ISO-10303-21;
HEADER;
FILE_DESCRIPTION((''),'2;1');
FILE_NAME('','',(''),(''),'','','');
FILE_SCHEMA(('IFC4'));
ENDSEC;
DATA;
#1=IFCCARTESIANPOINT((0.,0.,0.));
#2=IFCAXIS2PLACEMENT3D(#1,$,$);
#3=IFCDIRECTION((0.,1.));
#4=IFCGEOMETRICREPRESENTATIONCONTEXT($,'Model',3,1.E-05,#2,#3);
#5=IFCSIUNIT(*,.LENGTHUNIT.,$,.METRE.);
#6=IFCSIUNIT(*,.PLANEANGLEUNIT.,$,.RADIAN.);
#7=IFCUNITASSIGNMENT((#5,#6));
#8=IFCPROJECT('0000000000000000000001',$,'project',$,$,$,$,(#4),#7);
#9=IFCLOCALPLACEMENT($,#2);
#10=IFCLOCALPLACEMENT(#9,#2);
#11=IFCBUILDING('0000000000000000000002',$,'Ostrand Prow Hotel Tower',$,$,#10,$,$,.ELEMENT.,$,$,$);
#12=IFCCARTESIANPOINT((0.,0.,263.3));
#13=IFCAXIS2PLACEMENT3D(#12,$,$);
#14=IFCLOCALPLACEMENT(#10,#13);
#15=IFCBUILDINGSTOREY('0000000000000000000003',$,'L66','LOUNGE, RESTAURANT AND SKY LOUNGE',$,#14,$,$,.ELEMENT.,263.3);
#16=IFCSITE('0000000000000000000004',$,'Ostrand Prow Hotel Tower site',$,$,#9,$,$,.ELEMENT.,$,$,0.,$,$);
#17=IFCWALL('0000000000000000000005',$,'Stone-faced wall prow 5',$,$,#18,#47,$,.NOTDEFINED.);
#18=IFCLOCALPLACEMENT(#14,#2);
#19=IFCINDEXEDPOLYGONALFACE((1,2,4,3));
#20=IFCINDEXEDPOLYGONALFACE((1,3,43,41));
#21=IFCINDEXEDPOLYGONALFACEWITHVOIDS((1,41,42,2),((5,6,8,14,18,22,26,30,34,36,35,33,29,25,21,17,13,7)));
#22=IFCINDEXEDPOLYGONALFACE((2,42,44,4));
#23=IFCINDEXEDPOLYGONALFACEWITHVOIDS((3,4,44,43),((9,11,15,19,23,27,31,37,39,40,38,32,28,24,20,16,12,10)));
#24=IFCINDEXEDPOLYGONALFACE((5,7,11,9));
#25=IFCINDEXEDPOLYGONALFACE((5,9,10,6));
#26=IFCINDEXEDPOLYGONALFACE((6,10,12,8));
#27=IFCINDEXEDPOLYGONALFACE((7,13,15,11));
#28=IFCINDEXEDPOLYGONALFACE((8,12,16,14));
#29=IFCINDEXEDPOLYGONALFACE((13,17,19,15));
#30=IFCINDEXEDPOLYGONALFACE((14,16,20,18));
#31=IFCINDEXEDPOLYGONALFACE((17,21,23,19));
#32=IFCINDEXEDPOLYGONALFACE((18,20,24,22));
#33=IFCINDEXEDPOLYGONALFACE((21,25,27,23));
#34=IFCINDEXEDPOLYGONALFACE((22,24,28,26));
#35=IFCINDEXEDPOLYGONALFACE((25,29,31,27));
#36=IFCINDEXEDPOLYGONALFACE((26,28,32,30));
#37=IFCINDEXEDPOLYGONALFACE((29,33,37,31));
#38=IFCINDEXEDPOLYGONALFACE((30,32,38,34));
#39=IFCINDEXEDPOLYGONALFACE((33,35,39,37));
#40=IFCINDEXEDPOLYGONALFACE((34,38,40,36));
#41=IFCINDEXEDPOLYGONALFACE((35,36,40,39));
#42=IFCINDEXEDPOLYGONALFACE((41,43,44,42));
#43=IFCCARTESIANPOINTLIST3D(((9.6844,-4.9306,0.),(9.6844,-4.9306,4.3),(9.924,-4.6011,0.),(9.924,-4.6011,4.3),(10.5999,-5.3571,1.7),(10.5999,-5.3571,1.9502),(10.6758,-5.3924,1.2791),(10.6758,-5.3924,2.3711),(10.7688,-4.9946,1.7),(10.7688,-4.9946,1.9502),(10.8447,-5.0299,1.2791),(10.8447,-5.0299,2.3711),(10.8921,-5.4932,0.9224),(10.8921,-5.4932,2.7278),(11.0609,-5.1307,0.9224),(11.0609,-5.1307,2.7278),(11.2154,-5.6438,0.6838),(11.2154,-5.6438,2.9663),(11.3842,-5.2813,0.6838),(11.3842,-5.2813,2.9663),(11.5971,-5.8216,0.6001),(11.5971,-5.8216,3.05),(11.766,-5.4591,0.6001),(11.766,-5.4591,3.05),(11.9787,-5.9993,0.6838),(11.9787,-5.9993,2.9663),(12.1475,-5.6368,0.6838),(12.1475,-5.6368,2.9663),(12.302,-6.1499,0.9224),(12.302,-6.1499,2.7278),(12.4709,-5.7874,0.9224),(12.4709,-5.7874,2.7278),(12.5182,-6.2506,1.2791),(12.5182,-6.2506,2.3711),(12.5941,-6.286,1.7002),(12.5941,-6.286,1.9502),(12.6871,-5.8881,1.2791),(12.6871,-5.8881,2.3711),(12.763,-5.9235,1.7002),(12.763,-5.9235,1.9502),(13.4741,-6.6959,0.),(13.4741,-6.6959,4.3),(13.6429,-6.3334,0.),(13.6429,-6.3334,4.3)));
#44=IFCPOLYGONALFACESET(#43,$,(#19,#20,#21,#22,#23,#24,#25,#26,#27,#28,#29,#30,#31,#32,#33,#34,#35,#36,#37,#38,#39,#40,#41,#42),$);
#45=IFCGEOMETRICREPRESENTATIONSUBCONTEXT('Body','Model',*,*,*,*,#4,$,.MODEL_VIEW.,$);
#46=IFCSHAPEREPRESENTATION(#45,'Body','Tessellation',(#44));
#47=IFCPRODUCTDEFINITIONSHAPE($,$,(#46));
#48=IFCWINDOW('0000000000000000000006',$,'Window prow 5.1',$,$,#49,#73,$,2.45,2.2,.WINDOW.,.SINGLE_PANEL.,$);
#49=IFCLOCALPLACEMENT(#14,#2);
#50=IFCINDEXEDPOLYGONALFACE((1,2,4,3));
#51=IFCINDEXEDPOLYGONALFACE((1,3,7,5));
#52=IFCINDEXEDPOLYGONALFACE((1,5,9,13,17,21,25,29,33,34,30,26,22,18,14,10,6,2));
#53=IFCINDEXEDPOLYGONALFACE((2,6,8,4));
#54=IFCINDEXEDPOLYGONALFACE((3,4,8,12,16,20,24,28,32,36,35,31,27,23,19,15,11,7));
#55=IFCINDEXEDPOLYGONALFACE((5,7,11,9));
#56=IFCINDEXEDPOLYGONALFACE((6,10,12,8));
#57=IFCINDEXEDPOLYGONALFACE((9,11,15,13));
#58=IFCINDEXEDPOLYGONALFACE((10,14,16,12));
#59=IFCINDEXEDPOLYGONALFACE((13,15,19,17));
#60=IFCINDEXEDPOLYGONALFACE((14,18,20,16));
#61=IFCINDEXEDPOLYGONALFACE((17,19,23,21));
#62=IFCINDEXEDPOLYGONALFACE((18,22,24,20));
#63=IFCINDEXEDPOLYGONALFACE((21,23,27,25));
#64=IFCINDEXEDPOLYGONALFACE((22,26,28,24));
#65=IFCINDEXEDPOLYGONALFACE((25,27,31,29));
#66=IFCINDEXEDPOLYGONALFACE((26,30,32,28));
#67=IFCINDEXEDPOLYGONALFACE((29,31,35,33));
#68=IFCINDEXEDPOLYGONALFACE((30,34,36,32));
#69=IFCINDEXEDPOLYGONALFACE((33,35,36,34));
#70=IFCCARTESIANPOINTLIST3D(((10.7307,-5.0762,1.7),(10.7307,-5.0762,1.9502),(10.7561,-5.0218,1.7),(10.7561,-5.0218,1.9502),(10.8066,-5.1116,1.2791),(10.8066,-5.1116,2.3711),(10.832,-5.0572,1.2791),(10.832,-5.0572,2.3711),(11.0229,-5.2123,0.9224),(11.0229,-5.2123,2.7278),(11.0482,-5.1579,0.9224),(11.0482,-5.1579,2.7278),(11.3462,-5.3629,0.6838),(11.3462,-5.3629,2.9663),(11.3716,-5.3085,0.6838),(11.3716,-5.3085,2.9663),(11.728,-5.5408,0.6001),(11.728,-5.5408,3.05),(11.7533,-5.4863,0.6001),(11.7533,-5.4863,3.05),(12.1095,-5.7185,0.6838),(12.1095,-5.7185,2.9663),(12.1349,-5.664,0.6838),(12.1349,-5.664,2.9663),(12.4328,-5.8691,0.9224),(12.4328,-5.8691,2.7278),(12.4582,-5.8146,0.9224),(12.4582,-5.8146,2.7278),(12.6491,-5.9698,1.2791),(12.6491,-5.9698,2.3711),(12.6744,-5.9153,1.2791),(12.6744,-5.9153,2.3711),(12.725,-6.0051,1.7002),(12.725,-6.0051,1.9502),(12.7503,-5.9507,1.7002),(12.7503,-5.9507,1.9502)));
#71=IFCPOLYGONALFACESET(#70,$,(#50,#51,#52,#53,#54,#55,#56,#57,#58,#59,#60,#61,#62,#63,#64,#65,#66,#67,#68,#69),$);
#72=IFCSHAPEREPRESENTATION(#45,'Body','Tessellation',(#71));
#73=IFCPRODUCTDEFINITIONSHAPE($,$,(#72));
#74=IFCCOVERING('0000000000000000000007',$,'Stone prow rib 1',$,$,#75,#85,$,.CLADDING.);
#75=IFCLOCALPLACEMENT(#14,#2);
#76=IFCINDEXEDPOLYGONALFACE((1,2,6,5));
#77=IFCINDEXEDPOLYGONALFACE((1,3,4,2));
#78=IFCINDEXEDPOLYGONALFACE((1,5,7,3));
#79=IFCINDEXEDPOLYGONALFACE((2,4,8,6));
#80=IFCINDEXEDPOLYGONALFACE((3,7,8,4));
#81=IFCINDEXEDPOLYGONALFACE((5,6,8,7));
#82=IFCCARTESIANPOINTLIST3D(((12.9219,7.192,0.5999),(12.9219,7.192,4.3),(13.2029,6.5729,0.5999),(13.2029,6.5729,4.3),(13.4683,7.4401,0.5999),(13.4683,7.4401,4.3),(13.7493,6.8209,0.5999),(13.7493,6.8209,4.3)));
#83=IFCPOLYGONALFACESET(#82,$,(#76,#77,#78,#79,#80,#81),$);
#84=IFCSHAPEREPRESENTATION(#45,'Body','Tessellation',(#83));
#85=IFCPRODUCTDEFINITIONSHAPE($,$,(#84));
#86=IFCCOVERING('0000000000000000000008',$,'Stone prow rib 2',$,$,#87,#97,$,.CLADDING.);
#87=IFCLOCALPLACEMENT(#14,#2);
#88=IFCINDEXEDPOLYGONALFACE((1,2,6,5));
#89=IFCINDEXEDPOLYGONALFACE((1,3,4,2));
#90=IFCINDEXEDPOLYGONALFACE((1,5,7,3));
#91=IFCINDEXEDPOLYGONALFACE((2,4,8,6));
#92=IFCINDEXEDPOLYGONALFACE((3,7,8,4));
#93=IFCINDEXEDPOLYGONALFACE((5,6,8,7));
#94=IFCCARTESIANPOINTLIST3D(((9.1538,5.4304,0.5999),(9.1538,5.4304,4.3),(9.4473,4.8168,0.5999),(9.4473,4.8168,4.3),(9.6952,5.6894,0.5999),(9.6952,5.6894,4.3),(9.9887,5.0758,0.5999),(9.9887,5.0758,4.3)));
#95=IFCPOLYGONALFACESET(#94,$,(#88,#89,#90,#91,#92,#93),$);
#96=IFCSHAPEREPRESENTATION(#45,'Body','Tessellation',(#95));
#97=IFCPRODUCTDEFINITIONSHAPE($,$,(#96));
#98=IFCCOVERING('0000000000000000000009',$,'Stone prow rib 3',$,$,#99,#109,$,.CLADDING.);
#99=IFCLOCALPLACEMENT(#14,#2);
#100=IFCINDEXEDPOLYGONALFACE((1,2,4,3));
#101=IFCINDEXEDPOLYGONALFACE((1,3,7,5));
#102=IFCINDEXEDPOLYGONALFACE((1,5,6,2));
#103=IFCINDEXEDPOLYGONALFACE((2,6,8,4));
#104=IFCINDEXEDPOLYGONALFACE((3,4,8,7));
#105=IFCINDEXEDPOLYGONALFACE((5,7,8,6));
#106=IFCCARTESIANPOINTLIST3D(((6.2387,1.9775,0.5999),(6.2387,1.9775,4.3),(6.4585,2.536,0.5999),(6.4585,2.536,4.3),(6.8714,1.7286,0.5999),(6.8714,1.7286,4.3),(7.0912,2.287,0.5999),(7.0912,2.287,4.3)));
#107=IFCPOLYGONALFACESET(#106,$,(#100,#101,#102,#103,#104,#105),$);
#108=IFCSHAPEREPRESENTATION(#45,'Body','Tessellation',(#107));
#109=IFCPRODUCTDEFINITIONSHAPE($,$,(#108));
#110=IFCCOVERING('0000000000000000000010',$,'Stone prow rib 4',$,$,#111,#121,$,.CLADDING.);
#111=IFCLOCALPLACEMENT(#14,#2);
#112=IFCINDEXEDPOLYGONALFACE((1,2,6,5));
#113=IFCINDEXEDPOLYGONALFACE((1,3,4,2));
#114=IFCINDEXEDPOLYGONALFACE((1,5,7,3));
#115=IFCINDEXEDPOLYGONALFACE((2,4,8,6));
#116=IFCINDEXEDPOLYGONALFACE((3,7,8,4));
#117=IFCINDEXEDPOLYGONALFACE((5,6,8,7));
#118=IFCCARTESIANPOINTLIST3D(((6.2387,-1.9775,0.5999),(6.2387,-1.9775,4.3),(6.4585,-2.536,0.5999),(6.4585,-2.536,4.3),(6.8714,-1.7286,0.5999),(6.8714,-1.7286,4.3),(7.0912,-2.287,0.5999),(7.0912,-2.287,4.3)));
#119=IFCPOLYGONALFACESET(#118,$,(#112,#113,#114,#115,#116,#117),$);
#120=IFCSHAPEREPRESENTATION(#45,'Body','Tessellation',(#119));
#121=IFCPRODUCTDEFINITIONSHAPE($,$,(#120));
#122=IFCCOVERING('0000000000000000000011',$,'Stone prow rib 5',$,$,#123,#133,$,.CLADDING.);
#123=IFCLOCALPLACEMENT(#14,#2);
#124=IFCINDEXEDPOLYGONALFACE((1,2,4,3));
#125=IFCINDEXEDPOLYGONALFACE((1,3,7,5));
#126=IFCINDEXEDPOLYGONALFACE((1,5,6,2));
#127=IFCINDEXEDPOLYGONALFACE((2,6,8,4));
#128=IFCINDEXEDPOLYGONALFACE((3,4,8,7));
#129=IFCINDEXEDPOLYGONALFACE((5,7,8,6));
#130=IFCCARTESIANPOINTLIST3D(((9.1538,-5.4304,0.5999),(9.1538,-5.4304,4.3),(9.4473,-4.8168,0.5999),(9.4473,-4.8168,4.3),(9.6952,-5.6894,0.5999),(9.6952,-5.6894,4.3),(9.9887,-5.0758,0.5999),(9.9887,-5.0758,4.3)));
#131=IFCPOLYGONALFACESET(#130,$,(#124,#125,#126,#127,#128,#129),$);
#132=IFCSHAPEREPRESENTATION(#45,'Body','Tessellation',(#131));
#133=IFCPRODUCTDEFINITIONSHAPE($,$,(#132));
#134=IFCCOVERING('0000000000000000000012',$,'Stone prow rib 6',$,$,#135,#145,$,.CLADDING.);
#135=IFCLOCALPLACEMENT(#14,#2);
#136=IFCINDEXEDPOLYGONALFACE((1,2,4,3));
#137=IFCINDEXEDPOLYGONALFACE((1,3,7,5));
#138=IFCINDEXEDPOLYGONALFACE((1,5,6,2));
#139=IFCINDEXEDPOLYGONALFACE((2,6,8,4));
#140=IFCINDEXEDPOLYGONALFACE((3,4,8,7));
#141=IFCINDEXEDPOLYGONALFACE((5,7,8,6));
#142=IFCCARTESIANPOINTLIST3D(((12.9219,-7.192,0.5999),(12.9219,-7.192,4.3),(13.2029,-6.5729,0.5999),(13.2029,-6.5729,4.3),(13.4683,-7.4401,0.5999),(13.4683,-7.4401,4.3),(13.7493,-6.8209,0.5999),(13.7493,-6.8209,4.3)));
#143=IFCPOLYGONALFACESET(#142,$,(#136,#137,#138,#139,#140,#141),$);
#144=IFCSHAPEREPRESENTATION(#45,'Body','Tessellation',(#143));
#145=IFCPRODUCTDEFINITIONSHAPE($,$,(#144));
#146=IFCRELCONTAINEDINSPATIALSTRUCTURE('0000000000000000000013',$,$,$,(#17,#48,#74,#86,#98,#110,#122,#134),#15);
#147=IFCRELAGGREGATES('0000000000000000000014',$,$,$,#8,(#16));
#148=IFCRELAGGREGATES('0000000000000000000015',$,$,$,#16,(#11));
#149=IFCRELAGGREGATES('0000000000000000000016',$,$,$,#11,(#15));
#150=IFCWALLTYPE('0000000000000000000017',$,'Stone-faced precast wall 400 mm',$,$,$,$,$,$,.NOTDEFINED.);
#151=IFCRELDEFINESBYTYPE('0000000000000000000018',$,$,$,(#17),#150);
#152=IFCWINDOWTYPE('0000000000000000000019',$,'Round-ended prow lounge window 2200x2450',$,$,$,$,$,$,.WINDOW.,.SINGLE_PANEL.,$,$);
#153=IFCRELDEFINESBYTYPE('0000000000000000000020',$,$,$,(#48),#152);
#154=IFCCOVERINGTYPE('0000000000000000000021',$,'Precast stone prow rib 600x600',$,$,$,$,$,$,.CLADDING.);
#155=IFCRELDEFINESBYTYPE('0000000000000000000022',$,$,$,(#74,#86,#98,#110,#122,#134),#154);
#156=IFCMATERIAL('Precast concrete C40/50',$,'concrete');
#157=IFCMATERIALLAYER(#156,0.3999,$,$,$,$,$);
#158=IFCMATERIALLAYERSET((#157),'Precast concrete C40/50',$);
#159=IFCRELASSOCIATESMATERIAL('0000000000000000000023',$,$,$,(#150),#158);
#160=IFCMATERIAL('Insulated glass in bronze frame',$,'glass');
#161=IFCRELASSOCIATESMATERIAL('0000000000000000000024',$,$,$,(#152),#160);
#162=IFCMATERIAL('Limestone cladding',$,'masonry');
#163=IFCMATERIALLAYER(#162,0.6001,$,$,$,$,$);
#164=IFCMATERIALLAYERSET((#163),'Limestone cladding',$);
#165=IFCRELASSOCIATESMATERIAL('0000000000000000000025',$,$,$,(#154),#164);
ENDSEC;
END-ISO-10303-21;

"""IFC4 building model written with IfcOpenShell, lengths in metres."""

from ifc_helpers import new_model, si_unit, direction, frame, frame_2d, origin, place, context, subcontext, project, spatial, polyline, rectangle, outline, extrude, material, layer, layer_set, type_object, element, fill, save


model = new_model("IFC4")

# Units and contexts
model_context = context("Model", 3, precision=1e-05, world=origin(), true_north=direction((0.0, 1.0)))
body_context = subcontext(model_context, "Body", "Model", "MODEL_VIEW")
ifc_project = project(units=[si_unit("LENGTHUNIT", "METRE"), si_unit("PLANEANGLEUNIT", "RADIAN")], contexts=[model_context])

# Site, building, storey
site_placement = place(None, origin())
site = spatial("IfcSite", under=ifc_project, at=site_placement, Name="Ostrand Prow Hotel Tower site", CompositionType="ELEMENT", RefElevation=0.0)
building_placement = place(site_placement, origin())
building = spatial("IfcBuilding", under=site, at=building_placement, Name="Ostrand Prow Hotel Tower", CompositionType="ELEMENT")
storey_placement = place(building_placement, frame((0.0, 0.0, 263.3)))
storey = spatial("IfcBuildingStorey", under=building, at=storey_placement, Name="L66", Description="LOUNGE, RESTAURANT AND SKY LOUNGE", CompositionType="ELEMENT", Elevation=263.3)

# Wall, opening, window
ifc_material_1 = material(Name="Precast concrete C40/50", Category="concrete")
ifc_layer_1 = layer(ifc_material_1, 0.3999)
ifc_layer_set_1 = layer_set([ifc_layer_1], Name="Precast concrete C40/50")
wall_type_1 = type_object("IfcWallType", Name="Stone-faced precast wall 400 mm", PredefinedType="NOTDEFINED", material=ifc_layer_set_1)
ifc_material_2 = material(Name="Insulated glass in bronze frame", Category="glass")
window_type = type_object("IfcWindowType", Name="Round-ended prow lounge window 2200x2450", PartitioningType="SINGLE_PANEL", PredefinedType="WINDOW", material=ifc_material_2)
wall_1_placement = place(storey_placement, frame((9.8042, -4.7659, 0.0), z_axis=(0.0, 0.0, 1.0), x_axis=(0.906486, -0.422237, 0.0)))
wall_1 = element("IfcWall", 1, at=wall_1_placement, inside=storey, type_object=wall_type_1, Name="Stone-faced wall prow 5", PredefinedType="NOTDEFINED", context=body_context, shape_type="SweptSolid", body=[
    extrude(outline(polyline([(-0.0391, -0.2), (4.1416, -0.2), (4.1416, 0.2), (0.0391, 0.2), (-0.0391, -0.2)])), origin(), (0.0, 0.0, 1.0), 4.3),
])
opening_1_placement = place(wall_1_placement, frame((0.9709, 0.0, 0.6001)))
opening_1 = element("IfcOpeningElement", 2, at=opening_1_placement, cuts=wall_1, PredefinedType="OPENING", context=body_context, shape_type="SweptSolid", body=[
    extrude(outline(polyline([(0.0, 1.3501), (0.0837, 1.771), (0.3223, 2.1277), (0.679, 2.3662), (1.1001, 2.45), (1.521, 2.3662), (1.8777, 2.1277), (2.1162, 1.771), (2.2, 1.3501), (2.2, 1.1001), (2.1162, 0.679), (1.8777, 0.3223), (1.521, 0.0837), (1.1001, 0.0), (0.679, 0.0837), (0.3223, 0.3223), (0.0837, 0.679), (0.0, 1.0999), (0.0, 1.3501)])), frame((0.0, 0.21, 0.0), z_axis=(0.0, -1.0, 0.0), x_axis=(1.0, 0.0, 0.0)), (0.0, 0.0, 1.0), 0.4199),
])
window_1_placement = place(opening_1_placement, origin())
window_1 = element("IfcWindow", 3, at=window_1_placement, inside=storey, type_object=window_type, Name="Window prow 5.1", OverallHeight=2.45, OverallWidth=2.2, PartitioningType="SINGLE_PANEL", PredefinedType="WINDOW", context=body_context, shape_type="SweptSolid", body=[
    extrude(outline(polyline([(0.0, 1.3501), (0.0837, 1.771), (0.3223, 2.1277), (0.679, 2.3662), (1.1001, 2.45), (1.521, 2.3662), (1.8777, 2.1277), (2.1162, 1.771), (2.2, 1.3501), (2.2, 1.1001), (2.1162, 0.679), (1.8777, 0.3223), (1.521, 0.0837), (1.1001, 0.0), (0.679, 0.0837), (0.3223, 0.3223), (0.0837, 0.679), (0.0, 1.0999), (0.0, 1.3501)])), frame((0.0, 0.1699, 0.0), z_axis=(0.0, -1.0, 0.0), x_axis=(1.0, 0.0, 0.0)), (0.0, 0.0, 1.0), 0.0601),
])
fill(opening_1, window_1)

# Coverings
ifc_material_3 = material(Name="Limestone cladding", Category="masonry")
ifc_layer_2 = layer(ifc_material_3, 0.6001)
ifc_layer_set_2 = layer_set([ifc_layer_2], Name="Limestone cladding")
covering_type = type_object("IfcCoveringType", Name="Precast stone prow rib 600x600", PredefinedType="CLADDING", material=ifc_layer_set_2)
covering_1_placement = place(storey_placement, frame((13.4761, 6.697, 0.5999), z_axis=(0.0, 0.0, 1.0), x_axis=(-0.413289, 0.9106, 0.0)))
element("IfcCovering", 4, at=covering_1_placement, inside=storey, type_object=covering_type, Name="Stone prow rib 1", PredefinedType="CLADDING", context=body_context, shape_type="SweptSolid", body=[
    extrude(rectangle(XDim=0.6799, YDim=0.6001, at=frame_2d((0.3398, 0.0))), origin(), (0.0, 0.0, 1.0), 3.7002),
])
covering_2_placement = place(storey_placement, frame((9.718, 4.9463, 0.5999), z_axis=(0.0, 0.0, 1.0), x_axis=(-0.431494, 0.902116, 0.0)))
element("IfcCovering", 5, at=covering_2_placement, inside=storey, type_object=covering_type, Name="Stone prow rib 2", PredefinedType="CLADDING", context=body_context, shape_type="SweptSolid", body=[
    extrude(rectangle(XDim=0.6802, YDim=0.6001, at=frame_2d((0.3401, 0.0))), origin(), (0.0, 0.0, 1.0), 3.7002),
])
for number, where, z_axis, x_axis, name in (
    (6, (6.9812, 2.0078, 0.5999), (0.0, 0.0, 1.0), (-0.930542, 0.366185, 0.0), "Stone prow rib 3"),
    (7, (6.9812, -2.0078, 0.5999), (0.0, 0.0, 1.0), (-0.930542, -0.366185, 0.0), "Stone prow rib 4"),
):
    element("IfcCovering", number, at=place(storey_placement, frame(where, z_axis=z_axis, x_axis=x_axis)), inside=storey, type_object=covering_type, Name=name, PredefinedType="CLADDING", context=body_context, shape_type="SweptSolid", body=[
        extrude(rectangle(XDim=0.6799, YDim=0.6001, at=frame_2d((0.3398, 0.0))), origin(), (0.0, 0.0, 1.0), 3.7002),
    ])
covering_3_placement = place(storey_placement, frame((9.718, -4.9463, 0.5999), z_axis=(0.0, 0.0, 1.0), x_axis=(-0.431494, -0.902116, 0.0)))
element("IfcCovering", 8, at=covering_3_placement, inside=storey, type_object=covering_type, Name="Stone prow rib 5", PredefinedType="CLADDING", context=body_context, shape_type="SweptSolid", body=[
    extrude(rectangle(XDim=0.6802, YDim=0.6001, at=frame_2d((0.3401, 0.0))), origin(), (0.0, 0.0, 1.0), 3.7002),
])
covering_4_placement = place(storey_placement, frame((13.4761, -6.697, 0.5999), z_axis=(0.0, 0.0, 1.0), x_axis=(-0.413289, -0.9106, 0.0)))
element("IfcCovering", 9, at=covering_4_placement, inside=storey, type_object=covering_type, Name="Stone prow rib 6", PredefinedType="CLADDING", context=body_context, shape_type="SweptSolid", body=[
    extrude(rectangle(XDim=0.6799, YDim=0.6001, at=frame_2d((0.3398, 0.0))), origin(), (0.0, 0.0, 1.0), 3.7002),
])

save(model, "model.ifc")
